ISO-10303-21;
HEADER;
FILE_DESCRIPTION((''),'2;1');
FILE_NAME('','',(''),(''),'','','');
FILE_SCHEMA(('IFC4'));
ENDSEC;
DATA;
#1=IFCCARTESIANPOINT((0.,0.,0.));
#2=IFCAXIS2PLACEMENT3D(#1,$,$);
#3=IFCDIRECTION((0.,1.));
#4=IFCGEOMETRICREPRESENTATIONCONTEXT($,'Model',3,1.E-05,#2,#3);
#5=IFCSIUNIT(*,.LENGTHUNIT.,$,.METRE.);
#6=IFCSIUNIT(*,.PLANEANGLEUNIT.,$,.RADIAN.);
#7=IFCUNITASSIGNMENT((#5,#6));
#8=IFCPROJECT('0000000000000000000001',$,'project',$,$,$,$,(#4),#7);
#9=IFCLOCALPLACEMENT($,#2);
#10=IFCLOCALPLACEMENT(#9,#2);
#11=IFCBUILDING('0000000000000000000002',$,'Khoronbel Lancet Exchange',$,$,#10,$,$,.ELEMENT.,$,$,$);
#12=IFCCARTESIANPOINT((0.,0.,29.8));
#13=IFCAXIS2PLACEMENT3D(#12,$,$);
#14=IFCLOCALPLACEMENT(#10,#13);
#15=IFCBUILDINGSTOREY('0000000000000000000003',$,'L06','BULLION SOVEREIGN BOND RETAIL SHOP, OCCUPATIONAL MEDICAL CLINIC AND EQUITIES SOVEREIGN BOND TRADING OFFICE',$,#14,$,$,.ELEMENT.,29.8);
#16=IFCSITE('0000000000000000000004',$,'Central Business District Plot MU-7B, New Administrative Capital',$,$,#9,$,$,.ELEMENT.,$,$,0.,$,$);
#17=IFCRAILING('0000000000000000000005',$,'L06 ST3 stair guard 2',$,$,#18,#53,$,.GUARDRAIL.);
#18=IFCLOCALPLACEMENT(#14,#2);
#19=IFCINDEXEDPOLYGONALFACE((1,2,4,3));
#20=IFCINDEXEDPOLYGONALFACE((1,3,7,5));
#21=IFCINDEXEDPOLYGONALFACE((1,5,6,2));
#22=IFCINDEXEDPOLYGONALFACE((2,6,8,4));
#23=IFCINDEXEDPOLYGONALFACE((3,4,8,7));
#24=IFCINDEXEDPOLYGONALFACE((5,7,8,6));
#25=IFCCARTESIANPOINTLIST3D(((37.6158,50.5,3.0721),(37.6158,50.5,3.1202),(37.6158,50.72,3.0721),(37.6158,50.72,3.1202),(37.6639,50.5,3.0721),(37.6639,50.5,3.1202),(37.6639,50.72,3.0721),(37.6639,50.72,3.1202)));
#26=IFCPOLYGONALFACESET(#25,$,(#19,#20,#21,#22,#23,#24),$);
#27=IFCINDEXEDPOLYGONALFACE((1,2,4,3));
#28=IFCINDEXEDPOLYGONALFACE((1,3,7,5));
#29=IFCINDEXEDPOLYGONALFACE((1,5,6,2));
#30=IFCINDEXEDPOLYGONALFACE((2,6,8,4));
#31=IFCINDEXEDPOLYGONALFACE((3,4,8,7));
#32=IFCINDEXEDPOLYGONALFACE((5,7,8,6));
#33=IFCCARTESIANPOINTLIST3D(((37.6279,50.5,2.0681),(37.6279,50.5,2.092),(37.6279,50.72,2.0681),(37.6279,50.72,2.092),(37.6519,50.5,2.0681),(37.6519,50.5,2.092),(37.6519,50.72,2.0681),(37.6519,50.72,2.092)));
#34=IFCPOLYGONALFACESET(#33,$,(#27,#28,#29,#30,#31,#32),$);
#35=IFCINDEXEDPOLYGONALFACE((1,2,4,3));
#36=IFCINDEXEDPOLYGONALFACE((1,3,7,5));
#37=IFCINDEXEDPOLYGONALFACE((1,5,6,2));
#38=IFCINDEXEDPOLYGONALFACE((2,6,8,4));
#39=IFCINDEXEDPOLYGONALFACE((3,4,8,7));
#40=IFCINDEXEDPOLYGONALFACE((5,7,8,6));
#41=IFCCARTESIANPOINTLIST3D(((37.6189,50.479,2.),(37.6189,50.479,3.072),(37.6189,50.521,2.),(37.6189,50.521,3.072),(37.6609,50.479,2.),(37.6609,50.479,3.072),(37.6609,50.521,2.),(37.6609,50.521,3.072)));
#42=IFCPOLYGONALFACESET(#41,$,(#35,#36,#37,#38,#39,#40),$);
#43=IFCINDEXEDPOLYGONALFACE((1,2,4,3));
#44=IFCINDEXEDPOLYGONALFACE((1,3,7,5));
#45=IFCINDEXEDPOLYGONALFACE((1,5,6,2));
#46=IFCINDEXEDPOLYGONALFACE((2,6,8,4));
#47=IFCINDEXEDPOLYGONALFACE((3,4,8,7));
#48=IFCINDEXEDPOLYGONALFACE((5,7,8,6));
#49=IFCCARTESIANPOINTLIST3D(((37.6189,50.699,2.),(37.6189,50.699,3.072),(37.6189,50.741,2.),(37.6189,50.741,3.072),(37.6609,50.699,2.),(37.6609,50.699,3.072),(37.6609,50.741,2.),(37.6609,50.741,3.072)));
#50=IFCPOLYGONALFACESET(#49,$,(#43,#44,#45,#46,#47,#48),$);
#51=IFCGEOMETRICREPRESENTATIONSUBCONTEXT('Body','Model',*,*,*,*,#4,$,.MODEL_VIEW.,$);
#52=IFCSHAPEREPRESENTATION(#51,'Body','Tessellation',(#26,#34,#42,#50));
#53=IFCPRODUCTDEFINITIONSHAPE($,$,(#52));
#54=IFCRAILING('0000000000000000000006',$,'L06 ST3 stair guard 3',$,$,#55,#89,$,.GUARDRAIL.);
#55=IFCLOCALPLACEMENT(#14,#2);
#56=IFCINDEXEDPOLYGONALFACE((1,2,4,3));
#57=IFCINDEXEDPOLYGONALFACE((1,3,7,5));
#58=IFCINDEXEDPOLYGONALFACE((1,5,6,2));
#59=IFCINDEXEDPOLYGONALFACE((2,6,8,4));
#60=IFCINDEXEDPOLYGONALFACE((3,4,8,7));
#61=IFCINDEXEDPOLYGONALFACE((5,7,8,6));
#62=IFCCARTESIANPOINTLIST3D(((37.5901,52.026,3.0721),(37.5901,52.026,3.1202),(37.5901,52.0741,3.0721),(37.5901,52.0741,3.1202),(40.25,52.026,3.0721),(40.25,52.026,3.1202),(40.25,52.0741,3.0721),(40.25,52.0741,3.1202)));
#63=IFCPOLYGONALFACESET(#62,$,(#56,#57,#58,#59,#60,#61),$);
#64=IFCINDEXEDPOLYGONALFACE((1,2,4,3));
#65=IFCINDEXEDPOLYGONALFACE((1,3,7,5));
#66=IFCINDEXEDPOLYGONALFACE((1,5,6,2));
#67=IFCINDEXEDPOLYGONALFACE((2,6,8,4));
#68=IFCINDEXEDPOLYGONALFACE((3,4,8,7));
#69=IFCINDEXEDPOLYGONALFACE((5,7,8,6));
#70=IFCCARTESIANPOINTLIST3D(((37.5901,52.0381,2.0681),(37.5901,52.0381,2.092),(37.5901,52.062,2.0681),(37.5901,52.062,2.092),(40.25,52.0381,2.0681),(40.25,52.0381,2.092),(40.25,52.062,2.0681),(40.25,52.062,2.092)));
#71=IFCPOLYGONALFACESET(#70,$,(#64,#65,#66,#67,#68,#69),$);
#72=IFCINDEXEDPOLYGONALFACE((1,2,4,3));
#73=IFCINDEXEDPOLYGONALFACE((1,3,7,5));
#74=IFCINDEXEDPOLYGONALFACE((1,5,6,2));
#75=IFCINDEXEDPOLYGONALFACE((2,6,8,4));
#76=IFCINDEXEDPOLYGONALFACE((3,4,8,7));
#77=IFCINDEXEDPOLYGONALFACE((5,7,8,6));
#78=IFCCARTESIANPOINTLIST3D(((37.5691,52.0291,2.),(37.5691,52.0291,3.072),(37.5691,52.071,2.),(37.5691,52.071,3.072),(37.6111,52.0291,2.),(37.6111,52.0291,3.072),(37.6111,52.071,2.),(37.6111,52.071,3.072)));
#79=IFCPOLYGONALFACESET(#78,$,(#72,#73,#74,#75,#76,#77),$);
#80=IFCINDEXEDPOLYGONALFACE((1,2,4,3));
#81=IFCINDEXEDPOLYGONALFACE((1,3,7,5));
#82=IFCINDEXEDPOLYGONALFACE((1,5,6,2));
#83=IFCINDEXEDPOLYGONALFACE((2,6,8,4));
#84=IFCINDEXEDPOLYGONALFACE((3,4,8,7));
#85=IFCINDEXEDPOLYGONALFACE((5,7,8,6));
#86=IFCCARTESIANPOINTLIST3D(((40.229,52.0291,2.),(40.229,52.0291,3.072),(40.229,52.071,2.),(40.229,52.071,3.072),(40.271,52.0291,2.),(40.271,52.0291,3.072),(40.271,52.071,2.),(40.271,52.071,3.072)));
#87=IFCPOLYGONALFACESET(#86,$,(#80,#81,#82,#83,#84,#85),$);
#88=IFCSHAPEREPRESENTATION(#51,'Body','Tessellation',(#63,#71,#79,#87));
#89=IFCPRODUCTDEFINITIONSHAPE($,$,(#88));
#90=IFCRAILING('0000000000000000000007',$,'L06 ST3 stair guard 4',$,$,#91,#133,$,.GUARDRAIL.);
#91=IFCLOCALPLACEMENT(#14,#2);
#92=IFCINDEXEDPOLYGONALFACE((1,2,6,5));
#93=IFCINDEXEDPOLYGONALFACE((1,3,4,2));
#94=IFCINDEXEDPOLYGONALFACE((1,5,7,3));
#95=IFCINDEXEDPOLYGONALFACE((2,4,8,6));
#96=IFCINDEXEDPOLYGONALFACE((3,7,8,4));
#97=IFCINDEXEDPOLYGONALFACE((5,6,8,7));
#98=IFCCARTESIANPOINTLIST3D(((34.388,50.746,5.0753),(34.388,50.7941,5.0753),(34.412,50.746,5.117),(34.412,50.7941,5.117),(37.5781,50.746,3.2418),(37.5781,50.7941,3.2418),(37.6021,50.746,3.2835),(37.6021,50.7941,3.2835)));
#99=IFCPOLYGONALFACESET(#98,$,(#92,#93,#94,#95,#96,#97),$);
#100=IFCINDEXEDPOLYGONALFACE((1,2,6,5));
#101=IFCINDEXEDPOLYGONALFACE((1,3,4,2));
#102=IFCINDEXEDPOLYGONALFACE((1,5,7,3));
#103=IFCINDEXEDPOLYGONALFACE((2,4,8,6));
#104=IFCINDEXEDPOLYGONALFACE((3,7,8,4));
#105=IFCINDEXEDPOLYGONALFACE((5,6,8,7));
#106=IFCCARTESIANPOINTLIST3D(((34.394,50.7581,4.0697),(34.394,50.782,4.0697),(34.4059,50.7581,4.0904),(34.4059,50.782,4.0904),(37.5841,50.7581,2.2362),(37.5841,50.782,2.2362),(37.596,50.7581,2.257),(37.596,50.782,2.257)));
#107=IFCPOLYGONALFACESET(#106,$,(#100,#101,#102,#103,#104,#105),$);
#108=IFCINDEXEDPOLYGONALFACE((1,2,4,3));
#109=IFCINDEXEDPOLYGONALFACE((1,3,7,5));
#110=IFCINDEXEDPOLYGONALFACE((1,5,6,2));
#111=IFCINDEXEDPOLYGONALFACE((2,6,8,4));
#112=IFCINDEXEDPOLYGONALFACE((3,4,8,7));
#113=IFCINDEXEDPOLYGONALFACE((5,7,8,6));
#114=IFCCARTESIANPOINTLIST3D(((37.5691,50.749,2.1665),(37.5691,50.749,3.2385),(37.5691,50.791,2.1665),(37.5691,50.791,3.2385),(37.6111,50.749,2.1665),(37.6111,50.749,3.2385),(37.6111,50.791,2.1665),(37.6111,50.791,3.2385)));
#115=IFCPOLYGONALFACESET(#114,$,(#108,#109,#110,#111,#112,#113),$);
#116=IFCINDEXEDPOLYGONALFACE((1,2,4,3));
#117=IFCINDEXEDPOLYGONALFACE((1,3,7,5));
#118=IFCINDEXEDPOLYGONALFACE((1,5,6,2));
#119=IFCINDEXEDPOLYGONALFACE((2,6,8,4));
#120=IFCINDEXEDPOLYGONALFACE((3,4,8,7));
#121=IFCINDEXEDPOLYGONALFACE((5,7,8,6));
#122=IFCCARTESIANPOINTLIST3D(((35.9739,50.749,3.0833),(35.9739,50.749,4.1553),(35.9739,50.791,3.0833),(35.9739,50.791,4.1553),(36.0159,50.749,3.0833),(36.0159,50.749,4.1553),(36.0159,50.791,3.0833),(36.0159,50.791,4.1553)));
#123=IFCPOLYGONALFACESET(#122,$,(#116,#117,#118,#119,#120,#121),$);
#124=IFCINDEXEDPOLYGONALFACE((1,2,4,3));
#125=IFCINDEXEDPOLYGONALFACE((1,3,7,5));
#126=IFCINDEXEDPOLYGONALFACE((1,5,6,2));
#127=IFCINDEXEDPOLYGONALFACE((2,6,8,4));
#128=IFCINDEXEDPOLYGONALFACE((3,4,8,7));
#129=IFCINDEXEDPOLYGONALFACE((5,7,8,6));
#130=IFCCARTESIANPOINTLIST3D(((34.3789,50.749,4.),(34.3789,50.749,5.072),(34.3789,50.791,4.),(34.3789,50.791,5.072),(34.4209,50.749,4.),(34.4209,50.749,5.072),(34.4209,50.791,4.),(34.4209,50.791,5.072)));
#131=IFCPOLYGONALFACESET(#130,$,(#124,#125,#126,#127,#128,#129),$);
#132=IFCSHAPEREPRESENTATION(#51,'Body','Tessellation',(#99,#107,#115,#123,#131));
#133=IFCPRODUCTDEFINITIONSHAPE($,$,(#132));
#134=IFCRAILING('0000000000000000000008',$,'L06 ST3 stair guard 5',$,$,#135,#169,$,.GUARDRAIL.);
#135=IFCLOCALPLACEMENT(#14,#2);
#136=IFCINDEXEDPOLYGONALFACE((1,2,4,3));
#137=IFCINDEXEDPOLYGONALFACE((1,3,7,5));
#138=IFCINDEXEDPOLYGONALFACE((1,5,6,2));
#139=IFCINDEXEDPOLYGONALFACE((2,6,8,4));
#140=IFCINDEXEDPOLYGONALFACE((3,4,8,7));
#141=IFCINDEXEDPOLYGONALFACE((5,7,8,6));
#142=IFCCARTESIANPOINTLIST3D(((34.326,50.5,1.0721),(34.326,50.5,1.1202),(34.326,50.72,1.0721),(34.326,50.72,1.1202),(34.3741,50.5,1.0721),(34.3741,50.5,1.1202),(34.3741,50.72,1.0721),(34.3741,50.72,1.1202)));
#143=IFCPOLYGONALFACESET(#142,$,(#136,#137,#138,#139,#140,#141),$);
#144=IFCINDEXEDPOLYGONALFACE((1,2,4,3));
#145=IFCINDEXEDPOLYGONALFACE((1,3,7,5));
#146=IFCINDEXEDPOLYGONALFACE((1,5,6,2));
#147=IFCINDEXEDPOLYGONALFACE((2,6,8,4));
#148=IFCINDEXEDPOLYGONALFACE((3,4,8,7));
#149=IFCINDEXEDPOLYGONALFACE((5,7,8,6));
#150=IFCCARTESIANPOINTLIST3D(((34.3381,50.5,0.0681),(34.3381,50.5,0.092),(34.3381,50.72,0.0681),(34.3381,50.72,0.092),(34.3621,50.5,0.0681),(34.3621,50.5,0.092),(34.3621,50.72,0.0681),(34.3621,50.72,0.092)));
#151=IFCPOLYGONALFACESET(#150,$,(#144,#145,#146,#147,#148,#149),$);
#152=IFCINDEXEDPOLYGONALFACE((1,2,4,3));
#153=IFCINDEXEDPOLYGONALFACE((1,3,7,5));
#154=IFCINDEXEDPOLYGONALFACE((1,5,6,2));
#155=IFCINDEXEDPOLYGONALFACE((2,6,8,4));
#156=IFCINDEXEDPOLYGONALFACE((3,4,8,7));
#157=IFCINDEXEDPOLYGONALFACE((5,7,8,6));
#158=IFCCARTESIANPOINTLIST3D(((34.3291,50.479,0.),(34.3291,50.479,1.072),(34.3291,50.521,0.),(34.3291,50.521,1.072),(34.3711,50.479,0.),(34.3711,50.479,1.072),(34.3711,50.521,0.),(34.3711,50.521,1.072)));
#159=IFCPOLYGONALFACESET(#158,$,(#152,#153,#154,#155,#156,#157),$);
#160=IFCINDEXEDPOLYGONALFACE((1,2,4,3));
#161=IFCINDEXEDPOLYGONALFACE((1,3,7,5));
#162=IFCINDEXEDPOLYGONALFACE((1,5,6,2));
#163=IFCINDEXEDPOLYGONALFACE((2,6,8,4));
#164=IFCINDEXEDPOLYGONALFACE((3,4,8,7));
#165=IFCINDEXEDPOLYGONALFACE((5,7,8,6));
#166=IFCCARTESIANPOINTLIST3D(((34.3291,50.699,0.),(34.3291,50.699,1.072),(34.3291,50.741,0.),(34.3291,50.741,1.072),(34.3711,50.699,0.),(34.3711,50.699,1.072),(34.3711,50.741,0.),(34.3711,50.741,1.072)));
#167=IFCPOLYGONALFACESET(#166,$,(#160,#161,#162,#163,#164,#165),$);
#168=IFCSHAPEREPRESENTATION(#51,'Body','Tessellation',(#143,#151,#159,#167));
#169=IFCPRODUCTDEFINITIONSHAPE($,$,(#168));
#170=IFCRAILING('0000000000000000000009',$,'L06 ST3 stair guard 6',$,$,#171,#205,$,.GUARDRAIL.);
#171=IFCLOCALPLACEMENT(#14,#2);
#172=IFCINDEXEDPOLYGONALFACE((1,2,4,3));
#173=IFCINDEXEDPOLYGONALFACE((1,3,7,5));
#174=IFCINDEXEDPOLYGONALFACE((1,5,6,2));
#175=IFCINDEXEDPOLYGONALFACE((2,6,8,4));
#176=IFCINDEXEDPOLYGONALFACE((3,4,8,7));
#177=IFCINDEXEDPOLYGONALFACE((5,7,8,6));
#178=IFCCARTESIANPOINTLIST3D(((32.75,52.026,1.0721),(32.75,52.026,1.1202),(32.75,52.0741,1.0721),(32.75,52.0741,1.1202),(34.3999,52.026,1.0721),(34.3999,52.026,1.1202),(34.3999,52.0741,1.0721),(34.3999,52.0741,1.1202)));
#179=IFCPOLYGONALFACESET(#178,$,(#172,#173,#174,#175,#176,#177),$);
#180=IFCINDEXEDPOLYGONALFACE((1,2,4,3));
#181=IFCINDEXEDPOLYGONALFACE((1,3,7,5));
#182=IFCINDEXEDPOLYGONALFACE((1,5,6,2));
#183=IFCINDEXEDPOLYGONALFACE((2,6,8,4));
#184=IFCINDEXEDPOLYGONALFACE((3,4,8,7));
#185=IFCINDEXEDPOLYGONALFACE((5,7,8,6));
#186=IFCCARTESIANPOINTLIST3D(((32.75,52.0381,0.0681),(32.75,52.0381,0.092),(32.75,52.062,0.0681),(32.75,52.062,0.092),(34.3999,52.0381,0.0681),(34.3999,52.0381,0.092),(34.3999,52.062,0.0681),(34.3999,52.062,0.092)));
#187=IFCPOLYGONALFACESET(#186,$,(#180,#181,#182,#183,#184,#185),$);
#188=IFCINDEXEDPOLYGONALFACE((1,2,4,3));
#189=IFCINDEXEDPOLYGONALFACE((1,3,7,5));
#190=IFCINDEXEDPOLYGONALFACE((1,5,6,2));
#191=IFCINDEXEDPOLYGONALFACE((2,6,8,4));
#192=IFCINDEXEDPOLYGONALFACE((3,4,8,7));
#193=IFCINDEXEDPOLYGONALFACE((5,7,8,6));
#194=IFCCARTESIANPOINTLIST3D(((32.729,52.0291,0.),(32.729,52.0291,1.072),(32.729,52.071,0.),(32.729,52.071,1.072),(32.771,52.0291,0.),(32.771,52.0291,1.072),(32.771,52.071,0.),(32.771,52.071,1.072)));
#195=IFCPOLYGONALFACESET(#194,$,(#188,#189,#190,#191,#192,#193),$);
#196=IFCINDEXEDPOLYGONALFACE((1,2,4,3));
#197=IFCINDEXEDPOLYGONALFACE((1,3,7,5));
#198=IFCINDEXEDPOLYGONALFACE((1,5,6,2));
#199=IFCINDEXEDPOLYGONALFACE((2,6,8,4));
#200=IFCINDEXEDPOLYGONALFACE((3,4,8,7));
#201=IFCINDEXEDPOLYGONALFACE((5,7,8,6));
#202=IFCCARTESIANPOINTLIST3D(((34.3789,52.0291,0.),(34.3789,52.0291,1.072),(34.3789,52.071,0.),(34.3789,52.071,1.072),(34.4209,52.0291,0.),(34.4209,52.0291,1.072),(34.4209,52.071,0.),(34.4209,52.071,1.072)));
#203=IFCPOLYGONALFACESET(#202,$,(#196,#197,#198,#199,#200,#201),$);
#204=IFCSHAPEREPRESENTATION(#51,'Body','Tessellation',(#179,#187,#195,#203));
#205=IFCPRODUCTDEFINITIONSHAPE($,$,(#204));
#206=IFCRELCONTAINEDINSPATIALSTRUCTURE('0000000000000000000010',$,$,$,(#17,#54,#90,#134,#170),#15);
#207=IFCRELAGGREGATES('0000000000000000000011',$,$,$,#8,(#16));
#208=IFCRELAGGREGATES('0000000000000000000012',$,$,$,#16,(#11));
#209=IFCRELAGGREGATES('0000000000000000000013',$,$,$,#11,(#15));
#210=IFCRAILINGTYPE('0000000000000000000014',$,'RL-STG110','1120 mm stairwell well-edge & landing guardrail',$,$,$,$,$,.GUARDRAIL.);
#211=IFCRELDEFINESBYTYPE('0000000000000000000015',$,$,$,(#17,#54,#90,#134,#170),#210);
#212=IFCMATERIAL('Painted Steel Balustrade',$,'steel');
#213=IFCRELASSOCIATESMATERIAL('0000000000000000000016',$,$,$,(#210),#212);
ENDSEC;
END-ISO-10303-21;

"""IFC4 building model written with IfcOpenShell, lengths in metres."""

from ifc_helpers import new_model, si_unit, direction, frame, origin, origin_2d, place, context, subcontext, project, spatial, rectangle, extrude, material, type_object, element, save


model = new_model("IFC4")

# Units and contexts
model_context = context("Model", 3, precision=1e-05, world=origin(), true_north=direction((0.0, 1.0)))
body_context = subcontext(model_context, "Body", "Model", "MODEL_VIEW")
ifc_project = project(units=[si_unit("LENGTHUNIT", "METRE"), si_unit("PLANEANGLEUNIT", "RADIAN")], contexts=[model_context])

# Site, building, storey
site_placement = place(None, origin())
site = spatial("IfcSite", under=ifc_project, at=site_placement, Name="Central Business District Plot MU-7B, New Administrative Capital", CompositionType="ELEMENT", RefElevation=0.0)
building_placement = place(site_placement, origin())
building = spatial("IfcBuilding", under=site, at=building_placement, Name="Khoronbel Lancet Exchange", CompositionType="ELEMENT")
storey_placement = place(building_placement, frame((0.0, 0.0, 29.8)))
storey = spatial("IfcBuildingStorey", under=building, at=storey_placement, Name="L06", Description="BULLION SOVEREIGN BOND RETAIL SHOP, OCCUPATIONAL MEDICAL CLINIC AND EQUITIES SOVEREIGN BOND TRADING OFFICE", CompositionType="ELEMENT", Elevation=29.8)

# Railings
ifc_material_1 = material(Name="Painted Steel Balustrade", Category="steel")
railing_type_1 = type_object("IfcRailingType", Name="RL-STG110", Description="1120 mm stairwell well-edge & landing guardrail", PredefinedType="GUARDRAIL", material=ifc_material_1)
railing_1_placement = place(storey_placement, frame((37.6399, 50.5, 2.0)))
element("IfcRailing", 1, at=railing_1_placement, inside=storey, type_object=railing_type_1, Name="L06 ST3 stair guard 2", PredefinedType="GUARDRAIL", context=body_context, shape_type="SweptSolid", body=[
    extrude(rectangle(XDim=0.0481, YDim=0.0481, at=origin_2d()), frame((0.0, 0.0, 1.0962), z_axis=(0.0, 1.0, 0.0), x_axis=(-1.0, 0.0, 0.0)), (0.0, 0.0, 1.0), 0.22),
    extrude(rectangle(XDim=0.0239, YDim=0.0239, at=origin_2d()), frame((0.0, 0.0, 0.0801), z_axis=(0.0, 1.0, 0.0), x_axis=(-1.0, 0.0, 0.0)), (0.0, 0.0, 1.0), 0.22),
    extrude(rectangle(XDim=0.042, YDim=0.042, at=origin_2d()), origin(), (0.0, 0.0, 1.0), 1.072),
    extrude(rectangle(XDim=0.042, YDim=0.042, at=origin_2d()), frame((0.0, 0.22, 0.0)), (0.0, 0.0, 1.0), 1.072),
])
railing_2_placement = place(storey_placement, frame((37.5901, 52.05, 2.0)))
element("IfcRailing", 2, at=railing_2_placement, inside=storey, type_object=railing_type_1, Name="L06 ST3 stair guard 3", PredefinedType="GUARDRAIL", context=body_context, shape_type="SweptSolid", body=[
    extrude(rectangle(XDim=0.0481, YDim=0.0481, at=origin_2d()), frame((0.0, 0.0, 1.0962), z_axis=(1.0, 0.0, 0.0), x_axis=(0.0, 1.0, 0.0)), (0.0, 0.0, 1.0), 2.6599),
    extrude(rectangle(XDim=0.0239, YDim=0.0239, at=origin_2d()), frame((0.0, 0.0, 0.0801), z_axis=(1.0, 0.0, 0.0), x_axis=(0.0, 1.0, 0.0)), (0.0, 0.0, 1.0), 2.6599),
    extrude(rectangle(XDim=0.042, YDim=0.042, at=origin_2d()), origin(), (0.0, 0.0, 1.0), 1.072),
    extrude(rectangle(XDim=0.042, YDim=0.042, at=origin_2d()), frame((2.6599, 0.0, 0.0)), (0.0, 0.0, 1.0), 1.072),
])
railing_3_placement = place(storey_placement, frame((37.5901, 50.77, 2.1665)))
element("IfcRailing", 3, at=railing_3_placement, inside=storey, type_object=railing_type_1, Name="L06 ST3 stair guard 4", PredefinedType="GUARDRAIL", context=body_context, shape_type="SweptSolid", body=[
    extrude(rectangle(XDim=0.0481, YDim=0.0481, at=origin_2d()), frame((0.0, 0.0, 1.0962), z_axis=(-0.867007, 0.0, 0.498295), x_axis=(0.0, -1.0, 0.0)), (0.0, 0.0, 1.0), 3.6794),
    extrude(rectangle(XDim=0.0239, YDim=0.0239, at=origin_2d()), frame((0.0, 0.0, 0.0801), z_axis=(-0.867007, 0.0, 0.498295), x_axis=(0.0, -1.0, 0.0)), (0.0, 0.0, 1.0), 3.6794),
    extrude(rectangle(XDim=0.042, YDim=0.042, at=origin_2d()), origin(), (0.0, 0.0, 1.0), 1.072),
    extrude(rectangle(XDim=0.042, YDim=0.042, at=origin_2d()), frame((-1.5952, 0.0, 0.9167)), (0.0, 0.0, 1.0), 1.072),
    extrude(rectangle(XDim=0.042, YDim=0.042, at=origin_2d()), frame((-3.1902, 0.0, 1.8335)), (0.0, 0.0, 1.0), 1.072),
])
railing_4_placement = place(storey_placement, frame((34.3501, 50.5, 0.0)))
element("IfcRailing", 4, at=railing_4_placement, inside=storey, type_object=railing_type_1, Name="L06 ST3 stair guard 5", PredefinedType="GUARDRAIL", context=body_context, shape_type="SweptSolid", body=[
    extrude(rectangle(XDim=0.0481, YDim=0.0481, at=origin_2d()), frame((0.0, 0.0, 1.0962), z_axis=(0.0, 1.0, 0.0), x_axis=(-1.0, 0.0, 0.0)), (0.0, 0.0, 1.0), 0.22),
    extrude(rectangle(XDim=0.0239, YDim=0.0239, at=origin_2d()), frame((0.0, 0.0, 0.0801), z_axis=(0.0, 1.0, 0.0), x_axis=(-1.0, 0.0, 0.0)), (0.0, 0.0, 1.0), 0.22),
    extrude(rectangle(XDim=0.042, YDim=0.042, at=origin_2d()), origin(), (0.0, 0.0, 1.0), 1.072),
    extrude(rectangle(XDim=0.042, YDim=0.042, at=origin_2d()), frame((0.0, 0.22, 0.0)), (0.0, 0.0, 1.0), 1.072),
])
railing_5_placement = place(storey_placement, frame((32.75, 52.05, 0.0)))
element("IfcRailing", 5, at=railing_5_placement, inside=storey, type_object=railing_type_1, Name="L06 ST3 stair guard 6", PredefinedType="GUARDRAIL", context=body_context, shape_type="SweptSolid", body=[
    extrude(rectangle(XDim=0.0481, YDim=0.0481, at=origin_2d()), frame((0.0, 0.0, 1.0962), z_axis=(1.0, 0.0, 0.0), x_axis=(0.0, 1.0, 0.0)), (0.0, 0.0, 1.0), 1.6499),
    extrude(rectangle(XDim=0.0239, YDim=0.0239, at=origin_2d()), frame((0.0, 0.0, 0.0801), z_axis=(1.0, 0.0, 0.0), x_axis=(0.0, 1.0, 0.0)), (0.0, 0.0, 1.0), 1.6499),
    extrude(rectangle(XDim=0.042, YDim=0.042, at=origin_2d()), origin(), (0.0, 0.0, 1.0), 1.072),
    extrude(rectangle(XDim=0.042, YDim=0.042, at=origin_2d()), frame((1.6499, 0.0, 0.0)), (0.0, 0.0, 1.0), 1.072),
])

save(model, "model.ifc")
